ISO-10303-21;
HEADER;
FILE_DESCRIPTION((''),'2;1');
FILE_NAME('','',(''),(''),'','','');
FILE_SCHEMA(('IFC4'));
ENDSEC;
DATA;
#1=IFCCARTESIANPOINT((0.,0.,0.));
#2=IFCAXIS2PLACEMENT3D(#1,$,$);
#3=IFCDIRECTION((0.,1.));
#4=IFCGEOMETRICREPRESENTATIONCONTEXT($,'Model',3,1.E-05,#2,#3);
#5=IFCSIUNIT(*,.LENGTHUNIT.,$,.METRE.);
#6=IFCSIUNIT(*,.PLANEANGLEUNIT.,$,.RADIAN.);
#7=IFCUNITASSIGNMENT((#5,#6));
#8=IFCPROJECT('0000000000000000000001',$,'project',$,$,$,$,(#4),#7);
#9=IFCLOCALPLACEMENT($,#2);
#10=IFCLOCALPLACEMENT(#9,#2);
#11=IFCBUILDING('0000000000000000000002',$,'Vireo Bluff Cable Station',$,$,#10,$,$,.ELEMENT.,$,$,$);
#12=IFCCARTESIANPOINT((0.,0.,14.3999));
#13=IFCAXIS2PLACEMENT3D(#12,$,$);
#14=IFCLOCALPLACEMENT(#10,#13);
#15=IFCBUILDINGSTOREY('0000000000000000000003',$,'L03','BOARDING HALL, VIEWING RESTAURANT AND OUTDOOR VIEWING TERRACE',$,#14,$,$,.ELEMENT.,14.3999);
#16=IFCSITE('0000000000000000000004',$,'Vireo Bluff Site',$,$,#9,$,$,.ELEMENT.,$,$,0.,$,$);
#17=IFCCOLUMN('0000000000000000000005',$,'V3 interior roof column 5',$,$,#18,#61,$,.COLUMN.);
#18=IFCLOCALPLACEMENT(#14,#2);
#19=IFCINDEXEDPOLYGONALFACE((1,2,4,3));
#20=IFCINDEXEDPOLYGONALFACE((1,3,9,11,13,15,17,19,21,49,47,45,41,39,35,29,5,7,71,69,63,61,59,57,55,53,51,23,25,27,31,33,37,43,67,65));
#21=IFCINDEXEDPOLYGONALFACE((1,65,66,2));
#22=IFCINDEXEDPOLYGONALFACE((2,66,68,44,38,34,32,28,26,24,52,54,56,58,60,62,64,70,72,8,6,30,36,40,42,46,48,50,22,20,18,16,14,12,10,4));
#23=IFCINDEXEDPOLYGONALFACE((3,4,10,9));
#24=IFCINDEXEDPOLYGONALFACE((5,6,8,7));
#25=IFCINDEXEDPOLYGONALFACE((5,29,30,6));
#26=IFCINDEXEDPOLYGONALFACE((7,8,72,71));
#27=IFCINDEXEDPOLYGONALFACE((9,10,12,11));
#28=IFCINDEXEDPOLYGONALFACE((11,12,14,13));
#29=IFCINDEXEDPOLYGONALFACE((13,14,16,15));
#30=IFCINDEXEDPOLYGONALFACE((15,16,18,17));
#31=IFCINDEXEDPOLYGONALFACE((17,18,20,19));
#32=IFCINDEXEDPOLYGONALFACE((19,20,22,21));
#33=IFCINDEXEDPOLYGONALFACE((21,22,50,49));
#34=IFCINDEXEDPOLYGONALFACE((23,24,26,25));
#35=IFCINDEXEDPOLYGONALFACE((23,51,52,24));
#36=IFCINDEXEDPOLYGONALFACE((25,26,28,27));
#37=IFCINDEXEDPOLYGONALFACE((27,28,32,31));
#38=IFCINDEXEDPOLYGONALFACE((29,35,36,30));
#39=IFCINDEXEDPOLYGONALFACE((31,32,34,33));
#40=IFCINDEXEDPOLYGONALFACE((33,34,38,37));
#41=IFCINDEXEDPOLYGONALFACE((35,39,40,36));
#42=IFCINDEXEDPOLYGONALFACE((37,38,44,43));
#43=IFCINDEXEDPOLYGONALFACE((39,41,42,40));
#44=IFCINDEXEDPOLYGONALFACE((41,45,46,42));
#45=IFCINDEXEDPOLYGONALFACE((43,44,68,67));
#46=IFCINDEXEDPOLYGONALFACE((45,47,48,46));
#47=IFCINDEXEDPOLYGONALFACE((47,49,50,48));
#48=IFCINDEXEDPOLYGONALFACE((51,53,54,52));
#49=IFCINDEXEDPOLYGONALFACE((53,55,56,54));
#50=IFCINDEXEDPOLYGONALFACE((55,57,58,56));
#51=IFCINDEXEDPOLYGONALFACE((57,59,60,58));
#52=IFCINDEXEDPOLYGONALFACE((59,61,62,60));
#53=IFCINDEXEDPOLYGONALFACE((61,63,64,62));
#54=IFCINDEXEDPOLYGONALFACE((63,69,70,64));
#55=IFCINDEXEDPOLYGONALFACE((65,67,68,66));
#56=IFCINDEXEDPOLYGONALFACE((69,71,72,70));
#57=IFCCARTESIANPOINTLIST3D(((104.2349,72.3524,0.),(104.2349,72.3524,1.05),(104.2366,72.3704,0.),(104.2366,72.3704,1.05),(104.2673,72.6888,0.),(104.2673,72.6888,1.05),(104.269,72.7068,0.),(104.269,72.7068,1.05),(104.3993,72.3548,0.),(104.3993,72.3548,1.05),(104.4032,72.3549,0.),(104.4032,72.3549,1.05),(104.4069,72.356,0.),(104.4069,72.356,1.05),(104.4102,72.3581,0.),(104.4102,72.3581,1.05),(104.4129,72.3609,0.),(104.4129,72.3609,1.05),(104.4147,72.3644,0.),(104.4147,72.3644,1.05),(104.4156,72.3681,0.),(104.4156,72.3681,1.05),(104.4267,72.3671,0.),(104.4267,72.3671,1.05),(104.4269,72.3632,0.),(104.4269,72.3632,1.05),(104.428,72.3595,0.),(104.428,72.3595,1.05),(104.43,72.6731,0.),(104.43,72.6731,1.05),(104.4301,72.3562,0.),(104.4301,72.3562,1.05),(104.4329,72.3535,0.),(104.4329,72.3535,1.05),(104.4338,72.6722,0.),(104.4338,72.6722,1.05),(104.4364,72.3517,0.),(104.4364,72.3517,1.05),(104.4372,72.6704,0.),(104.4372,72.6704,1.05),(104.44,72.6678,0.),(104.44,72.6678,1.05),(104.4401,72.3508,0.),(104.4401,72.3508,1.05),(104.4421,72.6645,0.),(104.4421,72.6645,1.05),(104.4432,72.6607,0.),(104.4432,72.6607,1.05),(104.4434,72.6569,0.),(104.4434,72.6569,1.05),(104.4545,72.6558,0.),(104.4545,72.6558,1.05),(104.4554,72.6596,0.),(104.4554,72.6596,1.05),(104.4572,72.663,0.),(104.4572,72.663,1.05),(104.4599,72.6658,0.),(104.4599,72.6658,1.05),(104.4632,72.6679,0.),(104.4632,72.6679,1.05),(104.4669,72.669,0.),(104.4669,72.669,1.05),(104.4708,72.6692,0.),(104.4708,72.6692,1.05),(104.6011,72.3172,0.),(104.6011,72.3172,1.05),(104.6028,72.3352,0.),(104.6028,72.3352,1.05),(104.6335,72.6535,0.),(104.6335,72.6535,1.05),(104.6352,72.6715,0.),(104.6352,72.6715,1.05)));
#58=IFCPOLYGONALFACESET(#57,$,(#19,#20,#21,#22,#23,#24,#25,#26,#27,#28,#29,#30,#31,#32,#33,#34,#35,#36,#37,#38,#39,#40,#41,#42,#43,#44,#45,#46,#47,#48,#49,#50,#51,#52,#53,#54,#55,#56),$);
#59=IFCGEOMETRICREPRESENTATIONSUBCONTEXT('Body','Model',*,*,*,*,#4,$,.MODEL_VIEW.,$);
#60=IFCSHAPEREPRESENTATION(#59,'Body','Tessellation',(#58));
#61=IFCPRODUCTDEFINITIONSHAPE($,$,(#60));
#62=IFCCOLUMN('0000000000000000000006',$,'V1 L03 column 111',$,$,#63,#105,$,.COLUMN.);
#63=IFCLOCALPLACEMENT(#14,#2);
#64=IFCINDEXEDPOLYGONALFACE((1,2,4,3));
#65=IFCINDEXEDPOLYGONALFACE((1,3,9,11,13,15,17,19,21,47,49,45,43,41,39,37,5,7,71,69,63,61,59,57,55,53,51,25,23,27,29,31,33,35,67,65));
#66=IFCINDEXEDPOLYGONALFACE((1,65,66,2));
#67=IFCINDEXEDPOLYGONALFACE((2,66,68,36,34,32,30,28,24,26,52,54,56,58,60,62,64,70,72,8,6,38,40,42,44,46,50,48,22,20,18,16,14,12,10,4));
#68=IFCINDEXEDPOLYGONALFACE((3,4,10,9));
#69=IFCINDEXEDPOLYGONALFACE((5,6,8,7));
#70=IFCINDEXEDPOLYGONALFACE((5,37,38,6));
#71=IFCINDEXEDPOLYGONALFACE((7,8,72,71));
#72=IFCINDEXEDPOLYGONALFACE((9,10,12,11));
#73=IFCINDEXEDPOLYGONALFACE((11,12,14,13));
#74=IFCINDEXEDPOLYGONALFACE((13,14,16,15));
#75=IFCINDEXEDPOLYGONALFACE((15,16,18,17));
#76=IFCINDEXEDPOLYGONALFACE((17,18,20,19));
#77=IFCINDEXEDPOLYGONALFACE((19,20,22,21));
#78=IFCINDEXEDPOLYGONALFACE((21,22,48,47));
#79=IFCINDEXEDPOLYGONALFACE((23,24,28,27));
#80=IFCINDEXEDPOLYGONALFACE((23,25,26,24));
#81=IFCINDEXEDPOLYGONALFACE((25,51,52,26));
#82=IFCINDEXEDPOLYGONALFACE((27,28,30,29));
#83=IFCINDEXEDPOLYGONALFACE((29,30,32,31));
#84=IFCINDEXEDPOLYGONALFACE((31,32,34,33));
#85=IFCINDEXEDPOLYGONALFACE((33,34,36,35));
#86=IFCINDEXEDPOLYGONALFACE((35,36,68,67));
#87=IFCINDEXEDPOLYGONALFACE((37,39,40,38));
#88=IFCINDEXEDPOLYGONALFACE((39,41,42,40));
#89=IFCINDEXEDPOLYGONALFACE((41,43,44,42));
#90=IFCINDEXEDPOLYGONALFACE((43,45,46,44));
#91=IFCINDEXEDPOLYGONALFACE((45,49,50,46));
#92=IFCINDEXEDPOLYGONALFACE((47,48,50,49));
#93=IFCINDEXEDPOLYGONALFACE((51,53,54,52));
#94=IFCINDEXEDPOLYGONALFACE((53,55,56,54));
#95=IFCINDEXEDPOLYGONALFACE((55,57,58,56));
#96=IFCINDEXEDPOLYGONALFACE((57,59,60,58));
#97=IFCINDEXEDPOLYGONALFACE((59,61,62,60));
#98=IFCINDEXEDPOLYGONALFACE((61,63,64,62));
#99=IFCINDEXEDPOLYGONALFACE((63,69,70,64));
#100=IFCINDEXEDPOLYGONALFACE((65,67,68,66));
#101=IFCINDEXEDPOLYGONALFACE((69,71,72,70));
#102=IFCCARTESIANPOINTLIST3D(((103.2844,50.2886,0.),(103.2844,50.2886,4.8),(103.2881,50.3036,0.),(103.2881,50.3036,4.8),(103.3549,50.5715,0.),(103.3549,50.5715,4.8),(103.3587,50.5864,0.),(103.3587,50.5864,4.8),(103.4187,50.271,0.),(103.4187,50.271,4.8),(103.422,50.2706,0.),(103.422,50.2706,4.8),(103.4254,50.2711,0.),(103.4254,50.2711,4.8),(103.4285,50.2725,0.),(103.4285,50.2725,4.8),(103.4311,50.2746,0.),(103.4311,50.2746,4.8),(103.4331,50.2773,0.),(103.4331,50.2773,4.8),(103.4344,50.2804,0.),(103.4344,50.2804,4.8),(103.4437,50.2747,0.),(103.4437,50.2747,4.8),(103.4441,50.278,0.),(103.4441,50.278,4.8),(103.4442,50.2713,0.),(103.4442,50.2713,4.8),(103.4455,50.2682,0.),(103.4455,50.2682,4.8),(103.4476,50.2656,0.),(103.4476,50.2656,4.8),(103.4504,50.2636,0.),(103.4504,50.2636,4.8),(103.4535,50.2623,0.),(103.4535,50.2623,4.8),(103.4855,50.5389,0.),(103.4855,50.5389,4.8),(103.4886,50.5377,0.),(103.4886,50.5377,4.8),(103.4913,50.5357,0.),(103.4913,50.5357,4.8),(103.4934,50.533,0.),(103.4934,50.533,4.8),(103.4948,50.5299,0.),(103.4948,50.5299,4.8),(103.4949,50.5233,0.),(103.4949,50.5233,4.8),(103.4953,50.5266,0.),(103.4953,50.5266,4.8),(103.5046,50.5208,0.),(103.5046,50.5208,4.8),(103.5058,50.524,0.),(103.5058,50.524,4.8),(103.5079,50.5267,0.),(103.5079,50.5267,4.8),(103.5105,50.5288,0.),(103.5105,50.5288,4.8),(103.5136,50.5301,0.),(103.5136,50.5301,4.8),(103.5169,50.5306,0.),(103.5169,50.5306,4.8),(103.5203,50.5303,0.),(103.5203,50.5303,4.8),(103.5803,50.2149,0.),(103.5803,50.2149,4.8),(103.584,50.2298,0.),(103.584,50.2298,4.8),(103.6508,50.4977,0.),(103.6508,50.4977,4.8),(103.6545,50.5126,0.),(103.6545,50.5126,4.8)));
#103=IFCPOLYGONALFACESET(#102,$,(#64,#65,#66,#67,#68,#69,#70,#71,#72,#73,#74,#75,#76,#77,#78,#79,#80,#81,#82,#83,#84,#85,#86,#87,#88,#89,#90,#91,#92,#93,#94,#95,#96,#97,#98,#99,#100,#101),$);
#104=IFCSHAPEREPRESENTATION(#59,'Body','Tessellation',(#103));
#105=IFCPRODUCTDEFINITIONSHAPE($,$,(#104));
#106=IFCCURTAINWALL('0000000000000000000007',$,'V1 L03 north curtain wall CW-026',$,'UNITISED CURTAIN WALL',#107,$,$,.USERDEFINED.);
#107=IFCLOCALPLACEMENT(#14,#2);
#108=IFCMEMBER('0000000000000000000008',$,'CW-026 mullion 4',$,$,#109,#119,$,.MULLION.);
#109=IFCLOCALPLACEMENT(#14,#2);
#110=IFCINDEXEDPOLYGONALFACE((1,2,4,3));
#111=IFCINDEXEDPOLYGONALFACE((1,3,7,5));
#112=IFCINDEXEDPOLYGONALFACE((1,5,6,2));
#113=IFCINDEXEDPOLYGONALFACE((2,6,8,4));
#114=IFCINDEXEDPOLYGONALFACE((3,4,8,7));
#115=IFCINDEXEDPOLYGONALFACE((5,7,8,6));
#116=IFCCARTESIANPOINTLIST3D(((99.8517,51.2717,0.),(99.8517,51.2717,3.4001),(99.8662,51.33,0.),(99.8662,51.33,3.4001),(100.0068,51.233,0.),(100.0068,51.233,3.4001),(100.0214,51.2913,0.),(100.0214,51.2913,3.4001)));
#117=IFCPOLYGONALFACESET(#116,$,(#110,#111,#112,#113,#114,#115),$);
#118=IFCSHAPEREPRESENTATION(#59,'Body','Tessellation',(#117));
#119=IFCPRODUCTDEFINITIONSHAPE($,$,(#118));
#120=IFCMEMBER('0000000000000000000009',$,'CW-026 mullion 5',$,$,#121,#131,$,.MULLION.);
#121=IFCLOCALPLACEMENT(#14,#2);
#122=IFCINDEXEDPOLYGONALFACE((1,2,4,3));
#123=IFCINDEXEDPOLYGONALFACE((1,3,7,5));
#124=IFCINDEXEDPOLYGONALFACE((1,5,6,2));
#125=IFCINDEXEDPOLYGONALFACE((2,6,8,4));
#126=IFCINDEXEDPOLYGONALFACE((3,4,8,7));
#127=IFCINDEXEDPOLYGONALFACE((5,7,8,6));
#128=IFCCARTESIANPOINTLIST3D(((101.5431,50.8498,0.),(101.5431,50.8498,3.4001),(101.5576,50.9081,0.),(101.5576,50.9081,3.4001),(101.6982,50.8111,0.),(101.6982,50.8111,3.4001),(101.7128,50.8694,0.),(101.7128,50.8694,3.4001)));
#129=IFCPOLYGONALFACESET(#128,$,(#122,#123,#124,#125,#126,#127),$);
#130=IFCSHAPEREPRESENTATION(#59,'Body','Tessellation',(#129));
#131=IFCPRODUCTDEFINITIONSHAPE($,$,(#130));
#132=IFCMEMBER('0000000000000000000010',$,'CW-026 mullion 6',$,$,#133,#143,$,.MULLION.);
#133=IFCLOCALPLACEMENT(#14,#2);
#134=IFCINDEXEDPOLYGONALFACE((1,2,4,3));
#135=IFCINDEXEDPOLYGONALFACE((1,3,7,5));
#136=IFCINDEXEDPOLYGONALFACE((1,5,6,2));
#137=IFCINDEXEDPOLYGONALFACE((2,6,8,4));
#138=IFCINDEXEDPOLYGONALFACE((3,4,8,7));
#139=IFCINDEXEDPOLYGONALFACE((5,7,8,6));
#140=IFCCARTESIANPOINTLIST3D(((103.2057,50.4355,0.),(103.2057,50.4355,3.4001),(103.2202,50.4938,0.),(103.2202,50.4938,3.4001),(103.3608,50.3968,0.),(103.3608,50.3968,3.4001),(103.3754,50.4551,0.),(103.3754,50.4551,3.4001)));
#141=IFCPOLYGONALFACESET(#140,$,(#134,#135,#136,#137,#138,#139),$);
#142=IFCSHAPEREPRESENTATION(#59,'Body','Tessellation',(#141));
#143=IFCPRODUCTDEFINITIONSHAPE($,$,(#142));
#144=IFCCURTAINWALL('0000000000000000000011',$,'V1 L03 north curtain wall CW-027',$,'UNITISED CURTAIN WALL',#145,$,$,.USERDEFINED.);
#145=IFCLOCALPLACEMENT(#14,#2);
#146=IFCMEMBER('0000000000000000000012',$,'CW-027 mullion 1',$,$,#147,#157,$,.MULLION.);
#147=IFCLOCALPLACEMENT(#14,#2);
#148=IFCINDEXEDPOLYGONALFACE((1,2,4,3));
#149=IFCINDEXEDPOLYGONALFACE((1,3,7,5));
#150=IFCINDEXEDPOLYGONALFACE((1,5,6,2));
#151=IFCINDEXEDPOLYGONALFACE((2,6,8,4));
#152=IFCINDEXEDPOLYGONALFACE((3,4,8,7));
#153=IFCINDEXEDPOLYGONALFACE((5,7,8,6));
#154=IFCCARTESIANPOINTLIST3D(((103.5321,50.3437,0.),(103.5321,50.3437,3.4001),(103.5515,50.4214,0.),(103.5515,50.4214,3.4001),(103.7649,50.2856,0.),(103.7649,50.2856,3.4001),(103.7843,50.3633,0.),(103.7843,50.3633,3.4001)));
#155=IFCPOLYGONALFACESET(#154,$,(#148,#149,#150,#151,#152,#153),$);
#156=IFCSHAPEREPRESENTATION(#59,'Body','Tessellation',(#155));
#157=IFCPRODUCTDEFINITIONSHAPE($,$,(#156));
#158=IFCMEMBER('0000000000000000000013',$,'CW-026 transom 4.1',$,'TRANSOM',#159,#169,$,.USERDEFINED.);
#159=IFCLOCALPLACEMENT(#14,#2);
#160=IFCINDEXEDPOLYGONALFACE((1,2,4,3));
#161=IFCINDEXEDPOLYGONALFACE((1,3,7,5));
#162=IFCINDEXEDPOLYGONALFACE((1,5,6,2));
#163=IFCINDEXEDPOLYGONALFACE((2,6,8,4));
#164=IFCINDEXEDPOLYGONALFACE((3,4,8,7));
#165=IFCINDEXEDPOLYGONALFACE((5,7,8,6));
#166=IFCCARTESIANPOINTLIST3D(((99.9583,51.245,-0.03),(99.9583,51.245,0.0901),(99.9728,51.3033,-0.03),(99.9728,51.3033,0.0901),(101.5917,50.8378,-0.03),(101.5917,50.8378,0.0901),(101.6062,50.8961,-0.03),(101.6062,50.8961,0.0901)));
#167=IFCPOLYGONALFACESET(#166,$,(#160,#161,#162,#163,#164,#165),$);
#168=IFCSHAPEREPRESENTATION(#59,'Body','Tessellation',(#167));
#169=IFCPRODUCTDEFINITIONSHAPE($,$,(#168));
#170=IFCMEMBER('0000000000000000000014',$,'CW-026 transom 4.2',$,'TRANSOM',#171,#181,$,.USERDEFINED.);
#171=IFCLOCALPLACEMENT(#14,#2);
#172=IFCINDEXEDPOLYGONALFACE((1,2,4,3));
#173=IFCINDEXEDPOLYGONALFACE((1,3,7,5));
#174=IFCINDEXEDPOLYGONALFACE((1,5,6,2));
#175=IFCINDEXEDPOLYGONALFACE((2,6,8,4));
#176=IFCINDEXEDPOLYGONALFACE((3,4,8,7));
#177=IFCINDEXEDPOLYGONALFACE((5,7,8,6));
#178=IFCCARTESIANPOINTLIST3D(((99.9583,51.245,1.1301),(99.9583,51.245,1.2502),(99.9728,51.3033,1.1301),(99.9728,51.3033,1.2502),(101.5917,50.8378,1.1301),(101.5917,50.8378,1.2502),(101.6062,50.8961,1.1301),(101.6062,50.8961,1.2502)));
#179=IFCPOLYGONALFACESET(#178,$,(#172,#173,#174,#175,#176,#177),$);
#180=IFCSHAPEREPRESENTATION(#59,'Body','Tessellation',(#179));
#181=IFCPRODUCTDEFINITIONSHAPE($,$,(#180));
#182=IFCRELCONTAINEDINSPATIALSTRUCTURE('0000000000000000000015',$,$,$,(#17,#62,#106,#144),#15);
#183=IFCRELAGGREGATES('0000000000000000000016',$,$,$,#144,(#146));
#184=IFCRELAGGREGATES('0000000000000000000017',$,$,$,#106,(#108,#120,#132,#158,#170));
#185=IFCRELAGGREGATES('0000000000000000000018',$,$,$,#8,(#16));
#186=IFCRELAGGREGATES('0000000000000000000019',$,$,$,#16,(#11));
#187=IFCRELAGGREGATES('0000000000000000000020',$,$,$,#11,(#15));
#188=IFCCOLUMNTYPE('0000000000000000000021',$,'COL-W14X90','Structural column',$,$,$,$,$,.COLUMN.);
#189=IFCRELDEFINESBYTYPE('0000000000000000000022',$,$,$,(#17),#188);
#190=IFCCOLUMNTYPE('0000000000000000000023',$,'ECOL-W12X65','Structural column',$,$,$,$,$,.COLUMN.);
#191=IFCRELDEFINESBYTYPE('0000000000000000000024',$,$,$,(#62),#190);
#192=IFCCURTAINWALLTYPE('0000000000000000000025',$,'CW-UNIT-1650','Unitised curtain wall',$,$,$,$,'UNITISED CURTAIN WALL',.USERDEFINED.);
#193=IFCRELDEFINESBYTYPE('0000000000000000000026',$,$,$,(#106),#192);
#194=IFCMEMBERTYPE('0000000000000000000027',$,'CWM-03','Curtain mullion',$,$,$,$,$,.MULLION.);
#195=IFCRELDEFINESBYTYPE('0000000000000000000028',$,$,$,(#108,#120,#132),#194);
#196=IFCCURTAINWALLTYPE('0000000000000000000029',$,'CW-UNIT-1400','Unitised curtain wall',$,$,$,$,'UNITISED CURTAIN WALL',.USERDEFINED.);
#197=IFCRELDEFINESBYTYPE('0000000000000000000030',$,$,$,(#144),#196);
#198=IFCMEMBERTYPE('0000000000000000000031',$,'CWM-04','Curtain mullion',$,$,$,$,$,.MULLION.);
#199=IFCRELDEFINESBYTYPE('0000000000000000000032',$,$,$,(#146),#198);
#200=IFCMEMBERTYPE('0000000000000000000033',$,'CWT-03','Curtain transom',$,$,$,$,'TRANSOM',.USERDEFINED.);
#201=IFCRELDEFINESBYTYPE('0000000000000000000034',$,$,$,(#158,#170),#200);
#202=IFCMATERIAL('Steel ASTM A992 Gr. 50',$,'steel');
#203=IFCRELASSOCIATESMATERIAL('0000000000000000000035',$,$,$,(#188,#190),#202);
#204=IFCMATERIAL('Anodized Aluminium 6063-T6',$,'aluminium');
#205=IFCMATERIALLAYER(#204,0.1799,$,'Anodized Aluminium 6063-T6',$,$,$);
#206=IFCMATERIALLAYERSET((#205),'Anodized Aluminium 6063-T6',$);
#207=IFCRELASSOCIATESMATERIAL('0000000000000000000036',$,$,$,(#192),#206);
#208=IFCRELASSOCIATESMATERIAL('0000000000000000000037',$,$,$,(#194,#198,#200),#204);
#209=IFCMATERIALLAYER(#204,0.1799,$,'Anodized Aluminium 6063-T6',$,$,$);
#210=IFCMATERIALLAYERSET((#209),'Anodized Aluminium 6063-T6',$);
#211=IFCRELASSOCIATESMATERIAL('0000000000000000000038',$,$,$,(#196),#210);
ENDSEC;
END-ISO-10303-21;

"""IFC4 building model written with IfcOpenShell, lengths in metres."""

from ifc_helpers import new_model, si_unit, direction, frame, origin, origin_2d, place, context, subcontext, project, spatial, rectangle, i_section, extrude, material, layer, layer_set, material_profile, profile_set, type_object, element, aggregate, save


model = new_model("IFC4")

# Units and contexts
model_context = context("Model", 3, precision=1e-05, world=origin(), true_north=direction((0.0, 1.0)))
body_context = subcontext(model_context, "Body", "Model", "MODEL_VIEW")
ifc_project = project(units=[si_unit("LENGTHUNIT", "METRE"), si_unit("PLANEANGLEUNIT", "RADIAN")], contexts=[model_context])

# Site, building, storey
site_placement = place(None, origin())
site = spatial("IfcSite", under=ifc_project, at=site_placement, Name="Vireo Bluff Site", CompositionType="ELEMENT", RefElevation=0.0)
building_placement = place(site_placement, origin())
building = spatial("IfcBuilding", under=site, at=building_placement, Name="Vireo Bluff Cable Station", CompositionType="ELEMENT")
storey_placement = place(building_placement, frame((0.0, 0.0, 14.3999)))
storey = spatial("IfcBuildingStorey", under=building, at=storey_placement, Name="L03", Description="BOARDING HALL, VIEWING RESTAURANT AND OUTDOOR VIEWING TERRACE", CompositionType="ELEMENT", Elevation=14.3999)

# Columns
ifc_material_1 = material(Name="Steel ASTM A992 Gr. 50", Category="steel")
ifc_material_profile_1 = material_profile(ifc_material_1, i_section(OverallWidth=0.3679, OverallDepth=0.356, WebThickness=0.0112, FlangeThickness=0.0181, FilletRadius=0.0149, at=origin_2d()), Name="W14X90")
ifc_profile_set_1 = profile_set([ifc_material_profile_1], Name="Steel ASTM A992 Gr. 50")
column_type_1 = type_object("IfcColumnType", Name="COL-W14X90", Description="Structural column", PredefinedType="COLUMN", material=ifc_profile_set_1)
column_1_placement = place(storey_placement, frame((104.4351, 72.512, 0.0), z_axis=(0.0, 0.0, 1.0), x_axis=(0.995396, -0.095846, 0.0)))
element("IfcColumn", 1, at=column_1_placement, inside=storey, type_object=column_type_1, Name="V3 interior roof column 5", PredefinedType="COLUMN", context=body_context, shape_type="SweptSolid", body=[
    extrude(i_section(OverallWidth=0.3679, OverallDepth=0.356, WebThickness=0.0112, FlangeThickness=0.0181, FilletRadius=0.0149, at=origin_2d()), origin(), (0.0, 0.0, 1.0), 1.05),
])
ifc_material_profile_2 = material_profile(ifc_material_1, i_section(OverallWidth=0.3049, OverallDepth=0.3069, WebThickness=0.01, FlangeThickness=0.0154, FilletRadius=0.0129, at=origin_2d()), Name="W12X65")
ifc_profile_set_2 = profile_set([ifc_material_profile_2], Name="Steel ASTM A992 Gr. 50")
column_type_2 = type_object("IfcColumnType", Name="ECOL-W12X65", Description="Structural column", PredefinedType="COLUMN", material=ifc_profile_set_2)
column_2_placement = place(storey_placement, frame((103.4695, 50.4006, 0.0), z_axis=(0.0, 0.0, 1.0), x_axis=(0.970296, -0.241922, 0.0)))
element("IfcColumn", 2, at=column_2_placement, inside=storey, type_object=column_type_2, Name="V1 L03 column 111", PredefinedType="COLUMN", context=body_context, shape_type="SweptSolid", body=[
    extrude(i_section(OverallWidth=0.3049, OverallDepth=0.3069, WebThickness=0.01, FlangeThickness=0.0154, FilletRadius=0.0129, at=origin_2d()), origin(), (0.0, 0.0, 1.0), 4.8),
])

# Curtain wall, members
ifc_material_2 = material(Name="Anodized Aluminium 6063-T6", Category="aluminium")
ifc_layer_1 = layer(ifc_material_2, 0.1799, Name="Anodized Aluminium 6063-T6")
ifc_layer_set_1 = layer_set([ifc_layer_1], Name="Anodized Aluminium 6063-T6")
curtain_wall_type_1 = type_object("IfcCurtainWallType", Name="CW-UNIT-1650", Description="Unitised curtain wall", ElementType="UNITISED CURTAIN WALL", PredefinedType="USERDEFINED", material=ifc_layer_set_1)
curtain_wall_1_placement = place(storey_placement, origin())
curtain_wall_1 = element("IfcCurtainWall", 3, at=curtain_wall_1_placement, inside=storey, type_object=curtain_wall_type_1, Name="V1 L03 north curtain wall CW-026", ObjectType="UNITISED CURTAIN WALL", PredefinedType="USERDEFINED")
ifc_material_profile_3 = material_profile(ifc_material_2, rectangle(XDim=0.0601, YDim=0.1599, at=origin_2d()), Name="ALU-M-60X160")
ifc_profile_set_3 = profile_set([ifc_material_profile_3], Name="Anodized Aluminium 6063-T6")
member_type_1 = type_object("IfcMemberType", Name="CWM-03", Description="Curtain mullion", PredefinedType="MULLION", material=ifc_profile_set_3)
member_1_placement = place(storey_placement, frame((99.9365, 51.2815, 0.0), z_axis=(0.0, 0.0, 1.0), x_axis=(0.241922, 0.970296, 0.0)))
member_1 = element("IfcMember", 4, at=member_1_placement, type_object=member_type_1, Name="CW-026 mullion 4", PredefinedType="MULLION", context=body_context, shape_type="SweptSolid", body=[
    extrude(rectangle(XDim=0.0601, YDim=0.1599, at=origin_2d()), origin(), (0.0, 0.0, 1.0), 3.4001),
])
member_2_placement = place(storey_placement, frame((101.6279, 50.8596, 0.0), z_axis=(0.0, 0.0, 1.0), x_axis=(0.241922, 0.970296, 0.0)))
member_2 = element("IfcMember", 5, at=member_2_placement, type_object=member_type_1, Name="CW-026 mullion 5", PredefinedType="MULLION", context=body_context, shape_type="SweptSolid", body=[
    extrude(rectangle(XDim=0.0601, YDim=0.1599, at=origin_2d()), origin(), (0.0, 0.0, 1.0), 3.4001),
])
member_3_placement = place(storey_placement, frame((103.2905, 50.4453, 0.0), z_axis=(0.0, 0.0, 1.0), x_axis=(0.241922, 0.970296, 0.0)))
member_3 = element("IfcMember", 6, at=member_3_placement, type_object=member_type_1, Name="CW-026 mullion 6", PredefinedType="MULLION", context=body_context, shape_type="SweptSolid", body=[
    extrude(rectangle(XDim=0.0601, YDim=0.1599, at=origin_2d()), origin(), (0.0, 0.0, 1.0), 3.4001),
])

# Curtain wall, member
ifc_layer_2 = layer(ifc_material_2, 0.1799, Name="Anodized Aluminium 6063-T6")
ifc_layer_set_2 = layer_set([ifc_layer_2], Name="Anodized Aluminium 6063-T6")
curtain_wall_type_2 = type_object("IfcCurtainWallType", Name="CW-UNIT-1400", Description="Unitised curtain wall", ElementType="UNITISED CURTAIN WALL", PredefinedType="USERDEFINED", material=ifc_layer_set_2)
curtain_wall_2_placement = place(storey_placement, origin())
curtain_wall_2 = element("IfcCurtainWall", 7, at=curtain_wall_2_placement, inside=storey, type_object=curtain_wall_type_2, Name="V1 L03 north curtain wall CW-027", ObjectType="UNITISED CURTAIN WALL", PredefinedType="USERDEFINED")
ifc_material_profile_4 = material_profile(ifc_material_2, rectangle(XDim=0.0801, YDim=0.24, at=origin_2d()), Name="ALU-M-80X240")
ifc_profile_set_4 = profile_set([ifc_material_profile_4], Name="Anodized Aluminium 6063-T6")
member_type_2 = type_object("IfcMemberType", Name="CWM-04", Description="Curtain mullion", PredefinedType="MULLION", material=ifc_profile_set_4)
member_4_placement = place(storey_placement, frame((103.6582, 50.3535, 0.0), z_axis=(0.0, 0.0, 1.0), x_axis=(0.241922, 0.970296, 0.0)))
member_4 = element("IfcMember", 8, at=member_4_placement, type_object=member_type_2, Name="CW-027 mullion 1", PredefinedType="MULLION", context=body_context, shape_type="SweptSolid", body=[
    extrude(rectangle(XDim=0.0801, YDim=0.24, at=origin_2d()), origin(), (0.0, 0.0, 1.0), 3.4001),
])

# Members
ifc_material_profile_5 = material_profile(ifc_material_2, rectangle(XDim=0.0601, YDim=0.1201, at=origin_2d()), Name="ALU-T-60X120")
ifc_profile_set_5 = profile_set([ifc_material_profile_5], Name="Anodized Aluminium 6063-T6")
member_type_3 = type_object("IfcMemberType", Name="CWT-03", Description="Curtain transom", ElementType="TRANSOM", PredefinedType="USERDEFINED", material=ifc_profile_set_5)
member_5_placement = place(storey_placement, frame((99.9656, 51.2742, 0.03), z_axis=(0.970296, -0.241921, 0.0), x_axis=(0.241921, 0.970296, 0.0)))
member_5 = element("IfcMember", 9, at=member_5_placement, type_object=member_type_3, Name="CW-026 transom 4.1", ObjectType="TRANSOM", PredefinedType="USERDEFINED", context=body_context, shape_type="SweptSolid", body=[
    extrude(rectangle(XDim=0.0601, YDim=0.1201, at=origin_2d()), origin(), (0.0, 0.0, 1.0), 1.6833),
])
member_6_placement = place(storey_placement, frame((99.9656, 51.2742, 1.1902), z_axis=(0.970296, -0.241921, 0.0), x_axis=(0.241921, 0.970296, 0.0)))
member_6 = element("IfcMember", 10, at=member_6_placement, type_object=member_type_3, Name="CW-026 transom 4.2", ObjectType="TRANSOM", PredefinedType="USERDEFINED", context=body_context, shape_type="SweptSolid", body=[
    extrude(rectangle(XDim=0.0601, YDim=0.1201, at=origin_2d()), origin(), (0.0, 0.0, 1.0), 1.6833),
])
aggregate(curtain_wall_2, [member_4])

aggregate(curtain_wall_1, [member_1, member_2, member_3, member_5, member_6])

save(model, "model.ifc")
